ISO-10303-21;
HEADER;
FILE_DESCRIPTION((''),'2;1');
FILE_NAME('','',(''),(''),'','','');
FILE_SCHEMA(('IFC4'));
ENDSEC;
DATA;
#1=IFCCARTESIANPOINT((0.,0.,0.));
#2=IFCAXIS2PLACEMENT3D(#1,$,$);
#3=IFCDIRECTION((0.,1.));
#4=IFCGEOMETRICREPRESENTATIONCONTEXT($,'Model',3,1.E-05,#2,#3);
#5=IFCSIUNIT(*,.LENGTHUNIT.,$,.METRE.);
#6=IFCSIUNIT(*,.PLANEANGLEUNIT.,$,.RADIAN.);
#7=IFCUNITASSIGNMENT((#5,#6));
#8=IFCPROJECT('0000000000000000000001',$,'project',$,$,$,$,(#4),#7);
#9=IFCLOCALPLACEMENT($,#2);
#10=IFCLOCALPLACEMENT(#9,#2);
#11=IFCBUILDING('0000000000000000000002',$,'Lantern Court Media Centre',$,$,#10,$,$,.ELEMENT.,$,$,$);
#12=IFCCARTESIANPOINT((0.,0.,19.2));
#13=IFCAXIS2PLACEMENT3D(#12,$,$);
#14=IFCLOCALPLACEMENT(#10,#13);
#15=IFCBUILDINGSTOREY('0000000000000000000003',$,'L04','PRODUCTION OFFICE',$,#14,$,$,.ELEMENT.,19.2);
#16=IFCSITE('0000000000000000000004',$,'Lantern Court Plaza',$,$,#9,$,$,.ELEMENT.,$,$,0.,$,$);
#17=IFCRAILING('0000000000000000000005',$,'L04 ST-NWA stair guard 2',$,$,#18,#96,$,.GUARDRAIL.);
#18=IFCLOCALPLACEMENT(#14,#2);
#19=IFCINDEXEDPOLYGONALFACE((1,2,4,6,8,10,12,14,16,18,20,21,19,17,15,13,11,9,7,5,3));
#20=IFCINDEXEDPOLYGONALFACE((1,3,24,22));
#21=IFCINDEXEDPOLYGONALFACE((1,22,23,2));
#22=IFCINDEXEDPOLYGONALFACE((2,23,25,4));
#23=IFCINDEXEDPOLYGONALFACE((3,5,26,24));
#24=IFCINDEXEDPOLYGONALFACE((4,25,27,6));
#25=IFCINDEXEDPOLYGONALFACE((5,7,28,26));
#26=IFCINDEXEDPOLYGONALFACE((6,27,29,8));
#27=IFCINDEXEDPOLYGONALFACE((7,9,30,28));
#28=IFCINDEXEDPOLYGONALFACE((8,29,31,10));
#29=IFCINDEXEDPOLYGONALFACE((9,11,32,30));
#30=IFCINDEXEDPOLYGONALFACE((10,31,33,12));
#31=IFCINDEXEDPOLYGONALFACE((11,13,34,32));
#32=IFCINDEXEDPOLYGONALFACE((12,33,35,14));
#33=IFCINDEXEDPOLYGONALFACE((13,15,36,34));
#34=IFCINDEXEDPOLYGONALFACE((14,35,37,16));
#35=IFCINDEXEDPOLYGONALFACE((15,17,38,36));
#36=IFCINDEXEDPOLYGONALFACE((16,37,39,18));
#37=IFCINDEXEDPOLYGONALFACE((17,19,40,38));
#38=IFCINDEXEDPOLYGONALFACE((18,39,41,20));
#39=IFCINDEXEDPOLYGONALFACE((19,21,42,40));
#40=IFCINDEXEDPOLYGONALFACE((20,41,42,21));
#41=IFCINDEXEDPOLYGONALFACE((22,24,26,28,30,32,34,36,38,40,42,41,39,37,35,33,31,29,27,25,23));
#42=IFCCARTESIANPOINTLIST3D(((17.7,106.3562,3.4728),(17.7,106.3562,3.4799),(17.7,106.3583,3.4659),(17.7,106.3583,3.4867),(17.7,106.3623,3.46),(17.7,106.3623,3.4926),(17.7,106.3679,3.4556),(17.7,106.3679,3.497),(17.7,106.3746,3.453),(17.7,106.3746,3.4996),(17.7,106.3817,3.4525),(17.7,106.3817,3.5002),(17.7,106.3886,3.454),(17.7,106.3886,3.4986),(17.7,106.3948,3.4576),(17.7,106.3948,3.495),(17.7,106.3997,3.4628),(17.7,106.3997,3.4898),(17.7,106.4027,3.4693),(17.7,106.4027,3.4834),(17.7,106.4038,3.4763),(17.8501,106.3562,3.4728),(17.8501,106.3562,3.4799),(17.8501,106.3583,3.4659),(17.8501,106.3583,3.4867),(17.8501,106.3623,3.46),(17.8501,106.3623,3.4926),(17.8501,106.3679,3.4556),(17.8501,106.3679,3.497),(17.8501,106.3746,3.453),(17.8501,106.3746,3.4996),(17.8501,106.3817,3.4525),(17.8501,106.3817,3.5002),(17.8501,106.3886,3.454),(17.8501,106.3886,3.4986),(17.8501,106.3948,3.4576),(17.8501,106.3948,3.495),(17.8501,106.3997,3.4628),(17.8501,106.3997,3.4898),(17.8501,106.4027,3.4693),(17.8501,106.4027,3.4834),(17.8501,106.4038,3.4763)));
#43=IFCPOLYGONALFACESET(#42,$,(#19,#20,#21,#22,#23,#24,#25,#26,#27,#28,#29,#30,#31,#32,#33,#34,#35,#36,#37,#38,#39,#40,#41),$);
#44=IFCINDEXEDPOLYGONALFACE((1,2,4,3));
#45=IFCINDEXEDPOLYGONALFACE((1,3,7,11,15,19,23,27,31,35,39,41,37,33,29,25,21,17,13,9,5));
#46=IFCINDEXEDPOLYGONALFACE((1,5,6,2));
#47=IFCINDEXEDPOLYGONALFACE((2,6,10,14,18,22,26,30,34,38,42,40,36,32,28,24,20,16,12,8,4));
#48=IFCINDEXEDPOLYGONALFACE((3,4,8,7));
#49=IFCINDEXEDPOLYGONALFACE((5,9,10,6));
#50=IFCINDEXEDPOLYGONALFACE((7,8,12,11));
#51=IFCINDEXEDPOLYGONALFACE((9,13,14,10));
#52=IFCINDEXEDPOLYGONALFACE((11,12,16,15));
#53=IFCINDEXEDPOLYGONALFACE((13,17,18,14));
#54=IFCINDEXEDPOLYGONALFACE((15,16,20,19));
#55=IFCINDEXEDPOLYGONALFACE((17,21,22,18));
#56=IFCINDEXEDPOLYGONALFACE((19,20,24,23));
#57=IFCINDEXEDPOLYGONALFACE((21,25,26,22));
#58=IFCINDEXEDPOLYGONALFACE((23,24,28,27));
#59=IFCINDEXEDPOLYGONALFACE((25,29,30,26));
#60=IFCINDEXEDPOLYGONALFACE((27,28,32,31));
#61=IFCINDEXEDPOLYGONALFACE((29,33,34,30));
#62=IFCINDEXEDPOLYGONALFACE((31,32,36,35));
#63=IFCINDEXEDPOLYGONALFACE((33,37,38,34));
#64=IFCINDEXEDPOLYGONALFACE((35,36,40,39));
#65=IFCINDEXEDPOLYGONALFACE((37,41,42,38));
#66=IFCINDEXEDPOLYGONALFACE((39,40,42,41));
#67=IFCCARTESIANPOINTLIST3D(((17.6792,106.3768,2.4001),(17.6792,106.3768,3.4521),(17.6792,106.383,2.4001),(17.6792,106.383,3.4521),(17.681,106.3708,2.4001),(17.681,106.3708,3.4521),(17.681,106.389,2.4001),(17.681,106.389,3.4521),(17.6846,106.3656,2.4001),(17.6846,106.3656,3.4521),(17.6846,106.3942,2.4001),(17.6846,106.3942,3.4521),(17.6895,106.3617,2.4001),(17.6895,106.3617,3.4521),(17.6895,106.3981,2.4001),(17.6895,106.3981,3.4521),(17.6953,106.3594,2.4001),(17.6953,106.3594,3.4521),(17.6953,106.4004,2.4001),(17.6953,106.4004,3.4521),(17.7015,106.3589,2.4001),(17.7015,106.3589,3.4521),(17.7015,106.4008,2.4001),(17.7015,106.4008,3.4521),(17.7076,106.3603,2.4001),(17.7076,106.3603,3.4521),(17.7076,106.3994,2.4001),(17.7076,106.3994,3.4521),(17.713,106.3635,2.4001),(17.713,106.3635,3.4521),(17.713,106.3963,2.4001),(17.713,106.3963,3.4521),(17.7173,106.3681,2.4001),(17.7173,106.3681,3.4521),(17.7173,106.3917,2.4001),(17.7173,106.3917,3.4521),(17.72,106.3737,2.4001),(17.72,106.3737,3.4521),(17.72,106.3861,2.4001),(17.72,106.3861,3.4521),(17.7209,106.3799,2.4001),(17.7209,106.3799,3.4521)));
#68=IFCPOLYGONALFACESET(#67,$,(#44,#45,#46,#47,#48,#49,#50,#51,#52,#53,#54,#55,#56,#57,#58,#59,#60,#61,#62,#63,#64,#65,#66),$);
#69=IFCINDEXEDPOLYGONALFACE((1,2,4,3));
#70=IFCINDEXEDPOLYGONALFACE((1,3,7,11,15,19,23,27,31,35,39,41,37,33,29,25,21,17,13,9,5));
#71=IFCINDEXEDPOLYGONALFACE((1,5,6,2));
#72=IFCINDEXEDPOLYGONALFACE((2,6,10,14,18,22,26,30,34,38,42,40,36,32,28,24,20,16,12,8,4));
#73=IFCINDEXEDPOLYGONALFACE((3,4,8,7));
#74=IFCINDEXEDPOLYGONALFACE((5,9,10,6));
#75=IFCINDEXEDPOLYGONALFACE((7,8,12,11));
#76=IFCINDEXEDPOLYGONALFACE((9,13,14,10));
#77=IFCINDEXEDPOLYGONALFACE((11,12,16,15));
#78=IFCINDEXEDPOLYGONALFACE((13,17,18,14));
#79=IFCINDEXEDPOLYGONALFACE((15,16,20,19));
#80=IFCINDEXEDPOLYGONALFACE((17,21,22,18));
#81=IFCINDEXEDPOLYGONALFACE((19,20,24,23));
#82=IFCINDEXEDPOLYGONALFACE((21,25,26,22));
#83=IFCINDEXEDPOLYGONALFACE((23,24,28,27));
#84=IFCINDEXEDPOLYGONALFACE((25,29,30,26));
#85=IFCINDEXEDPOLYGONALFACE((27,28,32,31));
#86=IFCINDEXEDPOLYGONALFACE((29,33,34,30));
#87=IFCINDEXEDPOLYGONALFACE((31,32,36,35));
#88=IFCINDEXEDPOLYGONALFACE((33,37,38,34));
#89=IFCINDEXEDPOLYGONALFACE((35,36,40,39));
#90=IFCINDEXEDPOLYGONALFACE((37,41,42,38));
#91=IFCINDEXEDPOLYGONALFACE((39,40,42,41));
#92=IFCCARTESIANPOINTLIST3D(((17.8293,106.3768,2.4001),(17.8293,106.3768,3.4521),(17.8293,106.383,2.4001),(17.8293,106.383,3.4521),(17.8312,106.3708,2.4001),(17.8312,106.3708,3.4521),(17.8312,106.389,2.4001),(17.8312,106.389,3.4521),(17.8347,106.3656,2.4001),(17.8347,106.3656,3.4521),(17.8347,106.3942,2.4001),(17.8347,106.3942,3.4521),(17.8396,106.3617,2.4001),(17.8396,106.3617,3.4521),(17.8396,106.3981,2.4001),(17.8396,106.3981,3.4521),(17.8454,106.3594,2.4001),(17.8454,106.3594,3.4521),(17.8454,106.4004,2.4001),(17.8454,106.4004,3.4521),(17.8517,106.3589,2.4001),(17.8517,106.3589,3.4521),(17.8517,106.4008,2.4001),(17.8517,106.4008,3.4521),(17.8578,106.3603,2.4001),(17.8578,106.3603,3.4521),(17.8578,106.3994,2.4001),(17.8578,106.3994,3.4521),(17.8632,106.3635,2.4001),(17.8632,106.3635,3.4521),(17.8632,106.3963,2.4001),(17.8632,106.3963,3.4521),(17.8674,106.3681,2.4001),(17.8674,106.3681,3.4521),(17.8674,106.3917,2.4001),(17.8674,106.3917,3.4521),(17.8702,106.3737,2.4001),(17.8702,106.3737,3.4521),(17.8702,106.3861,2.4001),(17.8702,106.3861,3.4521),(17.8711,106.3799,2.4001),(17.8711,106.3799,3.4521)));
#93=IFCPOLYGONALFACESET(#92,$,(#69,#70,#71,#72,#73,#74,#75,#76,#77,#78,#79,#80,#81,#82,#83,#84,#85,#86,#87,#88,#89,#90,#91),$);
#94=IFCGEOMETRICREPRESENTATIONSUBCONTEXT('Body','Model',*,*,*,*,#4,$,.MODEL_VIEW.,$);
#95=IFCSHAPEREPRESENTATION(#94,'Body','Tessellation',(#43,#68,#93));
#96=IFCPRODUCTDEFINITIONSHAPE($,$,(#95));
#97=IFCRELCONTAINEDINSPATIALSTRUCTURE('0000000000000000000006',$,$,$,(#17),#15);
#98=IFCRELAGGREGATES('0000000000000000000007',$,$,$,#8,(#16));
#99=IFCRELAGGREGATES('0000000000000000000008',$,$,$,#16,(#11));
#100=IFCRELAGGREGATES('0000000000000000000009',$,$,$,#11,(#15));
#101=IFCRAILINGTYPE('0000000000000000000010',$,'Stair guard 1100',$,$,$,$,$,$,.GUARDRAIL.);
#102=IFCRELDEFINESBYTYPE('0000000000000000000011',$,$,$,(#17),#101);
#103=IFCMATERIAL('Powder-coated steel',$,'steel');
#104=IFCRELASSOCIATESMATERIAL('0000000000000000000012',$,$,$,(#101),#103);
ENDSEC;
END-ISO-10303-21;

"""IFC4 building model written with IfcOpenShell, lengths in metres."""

from ifc_helpers import new_model, si_unit, direction, frame, origin, origin_2d, place, context, subcontext, project, spatial, circle, extrude, material, type_object, element, save


model = new_model("IFC4")

# Units and contexts
model_context = context("Model", 3, precision=1e-05, world=origin(), true_north=direction((0.0, 1.0)))
body_context = subcontext(model_context, "Body", "Model", "MODEL_VIEW")
ifc_project = project(units=[si_unit("LENGTHUNIT", "METRE"), si_unit("PLANEANGLEUNIT", "RADIAN")], contexts=[model_context])

# Site, building, storey
site_placement = place(None, origin())
site = spatial("IfcSite", under=ifc_project, at=site_placement, Name="Lantern Court Plaza", CompositionType="ELEMENT", RefElevation=0.0)
building_placement = place(site_placement, origin())
building = spatial("IfcBuilding", under=site, at=building_placement, Name="Lantern Court Media Centre", CompositionType="ELEMENT")
storey_placement = place(building_placement, frame((0.0, 0.0, 19.2)))
storey = spatial("IfcBuildingStorey", under=building, at=storey_placement, Name="L04", Description="PRODUCTION OFFICE", CompositionType="ELEMENT", Elevation=19.2)

# Railing
ifc_material_1 = material(Name="Powder-coated steel", Category="steel")
railing_type = type_object("IfcRailingType", Name="Stair guard 1100", PredefinedType="GUARDRAIL", material=ifc_material_1)
railing_1_placement = place(storey_placement, frame((17.7, 106.3799, 2.4001)))
element("IfcRailing", 1, at=railing_1_placement, inside=storey, type_object=railing_type, Name="L04 ST-NWA stair guard 2", PredefinedType="GUARDRAIL", context=body_context, shape_type="SweptSolid", body=[
    extrude(circle(Radius=0.0239, at=origin_2d()), frame((0.0, 0.0, 1.0762), z_axis=(1.0, 0.0, 0.0), x_axis=(0.0, 1.0, 0.0)), (0.0, 0.0, 1.0), 0.1501),
    extrude(circle(Radius=0.021, at=origin_2d()), origin(), (0.0, 0.0, 1.0), 1.052),
    extrude(circle(Radius=0.021, at=origin_2d()), frame((0.1501, 0.0, 0.0)), (0.0, 0.0, 1.0), 1.052),
])

save(model, "model.ifc")
